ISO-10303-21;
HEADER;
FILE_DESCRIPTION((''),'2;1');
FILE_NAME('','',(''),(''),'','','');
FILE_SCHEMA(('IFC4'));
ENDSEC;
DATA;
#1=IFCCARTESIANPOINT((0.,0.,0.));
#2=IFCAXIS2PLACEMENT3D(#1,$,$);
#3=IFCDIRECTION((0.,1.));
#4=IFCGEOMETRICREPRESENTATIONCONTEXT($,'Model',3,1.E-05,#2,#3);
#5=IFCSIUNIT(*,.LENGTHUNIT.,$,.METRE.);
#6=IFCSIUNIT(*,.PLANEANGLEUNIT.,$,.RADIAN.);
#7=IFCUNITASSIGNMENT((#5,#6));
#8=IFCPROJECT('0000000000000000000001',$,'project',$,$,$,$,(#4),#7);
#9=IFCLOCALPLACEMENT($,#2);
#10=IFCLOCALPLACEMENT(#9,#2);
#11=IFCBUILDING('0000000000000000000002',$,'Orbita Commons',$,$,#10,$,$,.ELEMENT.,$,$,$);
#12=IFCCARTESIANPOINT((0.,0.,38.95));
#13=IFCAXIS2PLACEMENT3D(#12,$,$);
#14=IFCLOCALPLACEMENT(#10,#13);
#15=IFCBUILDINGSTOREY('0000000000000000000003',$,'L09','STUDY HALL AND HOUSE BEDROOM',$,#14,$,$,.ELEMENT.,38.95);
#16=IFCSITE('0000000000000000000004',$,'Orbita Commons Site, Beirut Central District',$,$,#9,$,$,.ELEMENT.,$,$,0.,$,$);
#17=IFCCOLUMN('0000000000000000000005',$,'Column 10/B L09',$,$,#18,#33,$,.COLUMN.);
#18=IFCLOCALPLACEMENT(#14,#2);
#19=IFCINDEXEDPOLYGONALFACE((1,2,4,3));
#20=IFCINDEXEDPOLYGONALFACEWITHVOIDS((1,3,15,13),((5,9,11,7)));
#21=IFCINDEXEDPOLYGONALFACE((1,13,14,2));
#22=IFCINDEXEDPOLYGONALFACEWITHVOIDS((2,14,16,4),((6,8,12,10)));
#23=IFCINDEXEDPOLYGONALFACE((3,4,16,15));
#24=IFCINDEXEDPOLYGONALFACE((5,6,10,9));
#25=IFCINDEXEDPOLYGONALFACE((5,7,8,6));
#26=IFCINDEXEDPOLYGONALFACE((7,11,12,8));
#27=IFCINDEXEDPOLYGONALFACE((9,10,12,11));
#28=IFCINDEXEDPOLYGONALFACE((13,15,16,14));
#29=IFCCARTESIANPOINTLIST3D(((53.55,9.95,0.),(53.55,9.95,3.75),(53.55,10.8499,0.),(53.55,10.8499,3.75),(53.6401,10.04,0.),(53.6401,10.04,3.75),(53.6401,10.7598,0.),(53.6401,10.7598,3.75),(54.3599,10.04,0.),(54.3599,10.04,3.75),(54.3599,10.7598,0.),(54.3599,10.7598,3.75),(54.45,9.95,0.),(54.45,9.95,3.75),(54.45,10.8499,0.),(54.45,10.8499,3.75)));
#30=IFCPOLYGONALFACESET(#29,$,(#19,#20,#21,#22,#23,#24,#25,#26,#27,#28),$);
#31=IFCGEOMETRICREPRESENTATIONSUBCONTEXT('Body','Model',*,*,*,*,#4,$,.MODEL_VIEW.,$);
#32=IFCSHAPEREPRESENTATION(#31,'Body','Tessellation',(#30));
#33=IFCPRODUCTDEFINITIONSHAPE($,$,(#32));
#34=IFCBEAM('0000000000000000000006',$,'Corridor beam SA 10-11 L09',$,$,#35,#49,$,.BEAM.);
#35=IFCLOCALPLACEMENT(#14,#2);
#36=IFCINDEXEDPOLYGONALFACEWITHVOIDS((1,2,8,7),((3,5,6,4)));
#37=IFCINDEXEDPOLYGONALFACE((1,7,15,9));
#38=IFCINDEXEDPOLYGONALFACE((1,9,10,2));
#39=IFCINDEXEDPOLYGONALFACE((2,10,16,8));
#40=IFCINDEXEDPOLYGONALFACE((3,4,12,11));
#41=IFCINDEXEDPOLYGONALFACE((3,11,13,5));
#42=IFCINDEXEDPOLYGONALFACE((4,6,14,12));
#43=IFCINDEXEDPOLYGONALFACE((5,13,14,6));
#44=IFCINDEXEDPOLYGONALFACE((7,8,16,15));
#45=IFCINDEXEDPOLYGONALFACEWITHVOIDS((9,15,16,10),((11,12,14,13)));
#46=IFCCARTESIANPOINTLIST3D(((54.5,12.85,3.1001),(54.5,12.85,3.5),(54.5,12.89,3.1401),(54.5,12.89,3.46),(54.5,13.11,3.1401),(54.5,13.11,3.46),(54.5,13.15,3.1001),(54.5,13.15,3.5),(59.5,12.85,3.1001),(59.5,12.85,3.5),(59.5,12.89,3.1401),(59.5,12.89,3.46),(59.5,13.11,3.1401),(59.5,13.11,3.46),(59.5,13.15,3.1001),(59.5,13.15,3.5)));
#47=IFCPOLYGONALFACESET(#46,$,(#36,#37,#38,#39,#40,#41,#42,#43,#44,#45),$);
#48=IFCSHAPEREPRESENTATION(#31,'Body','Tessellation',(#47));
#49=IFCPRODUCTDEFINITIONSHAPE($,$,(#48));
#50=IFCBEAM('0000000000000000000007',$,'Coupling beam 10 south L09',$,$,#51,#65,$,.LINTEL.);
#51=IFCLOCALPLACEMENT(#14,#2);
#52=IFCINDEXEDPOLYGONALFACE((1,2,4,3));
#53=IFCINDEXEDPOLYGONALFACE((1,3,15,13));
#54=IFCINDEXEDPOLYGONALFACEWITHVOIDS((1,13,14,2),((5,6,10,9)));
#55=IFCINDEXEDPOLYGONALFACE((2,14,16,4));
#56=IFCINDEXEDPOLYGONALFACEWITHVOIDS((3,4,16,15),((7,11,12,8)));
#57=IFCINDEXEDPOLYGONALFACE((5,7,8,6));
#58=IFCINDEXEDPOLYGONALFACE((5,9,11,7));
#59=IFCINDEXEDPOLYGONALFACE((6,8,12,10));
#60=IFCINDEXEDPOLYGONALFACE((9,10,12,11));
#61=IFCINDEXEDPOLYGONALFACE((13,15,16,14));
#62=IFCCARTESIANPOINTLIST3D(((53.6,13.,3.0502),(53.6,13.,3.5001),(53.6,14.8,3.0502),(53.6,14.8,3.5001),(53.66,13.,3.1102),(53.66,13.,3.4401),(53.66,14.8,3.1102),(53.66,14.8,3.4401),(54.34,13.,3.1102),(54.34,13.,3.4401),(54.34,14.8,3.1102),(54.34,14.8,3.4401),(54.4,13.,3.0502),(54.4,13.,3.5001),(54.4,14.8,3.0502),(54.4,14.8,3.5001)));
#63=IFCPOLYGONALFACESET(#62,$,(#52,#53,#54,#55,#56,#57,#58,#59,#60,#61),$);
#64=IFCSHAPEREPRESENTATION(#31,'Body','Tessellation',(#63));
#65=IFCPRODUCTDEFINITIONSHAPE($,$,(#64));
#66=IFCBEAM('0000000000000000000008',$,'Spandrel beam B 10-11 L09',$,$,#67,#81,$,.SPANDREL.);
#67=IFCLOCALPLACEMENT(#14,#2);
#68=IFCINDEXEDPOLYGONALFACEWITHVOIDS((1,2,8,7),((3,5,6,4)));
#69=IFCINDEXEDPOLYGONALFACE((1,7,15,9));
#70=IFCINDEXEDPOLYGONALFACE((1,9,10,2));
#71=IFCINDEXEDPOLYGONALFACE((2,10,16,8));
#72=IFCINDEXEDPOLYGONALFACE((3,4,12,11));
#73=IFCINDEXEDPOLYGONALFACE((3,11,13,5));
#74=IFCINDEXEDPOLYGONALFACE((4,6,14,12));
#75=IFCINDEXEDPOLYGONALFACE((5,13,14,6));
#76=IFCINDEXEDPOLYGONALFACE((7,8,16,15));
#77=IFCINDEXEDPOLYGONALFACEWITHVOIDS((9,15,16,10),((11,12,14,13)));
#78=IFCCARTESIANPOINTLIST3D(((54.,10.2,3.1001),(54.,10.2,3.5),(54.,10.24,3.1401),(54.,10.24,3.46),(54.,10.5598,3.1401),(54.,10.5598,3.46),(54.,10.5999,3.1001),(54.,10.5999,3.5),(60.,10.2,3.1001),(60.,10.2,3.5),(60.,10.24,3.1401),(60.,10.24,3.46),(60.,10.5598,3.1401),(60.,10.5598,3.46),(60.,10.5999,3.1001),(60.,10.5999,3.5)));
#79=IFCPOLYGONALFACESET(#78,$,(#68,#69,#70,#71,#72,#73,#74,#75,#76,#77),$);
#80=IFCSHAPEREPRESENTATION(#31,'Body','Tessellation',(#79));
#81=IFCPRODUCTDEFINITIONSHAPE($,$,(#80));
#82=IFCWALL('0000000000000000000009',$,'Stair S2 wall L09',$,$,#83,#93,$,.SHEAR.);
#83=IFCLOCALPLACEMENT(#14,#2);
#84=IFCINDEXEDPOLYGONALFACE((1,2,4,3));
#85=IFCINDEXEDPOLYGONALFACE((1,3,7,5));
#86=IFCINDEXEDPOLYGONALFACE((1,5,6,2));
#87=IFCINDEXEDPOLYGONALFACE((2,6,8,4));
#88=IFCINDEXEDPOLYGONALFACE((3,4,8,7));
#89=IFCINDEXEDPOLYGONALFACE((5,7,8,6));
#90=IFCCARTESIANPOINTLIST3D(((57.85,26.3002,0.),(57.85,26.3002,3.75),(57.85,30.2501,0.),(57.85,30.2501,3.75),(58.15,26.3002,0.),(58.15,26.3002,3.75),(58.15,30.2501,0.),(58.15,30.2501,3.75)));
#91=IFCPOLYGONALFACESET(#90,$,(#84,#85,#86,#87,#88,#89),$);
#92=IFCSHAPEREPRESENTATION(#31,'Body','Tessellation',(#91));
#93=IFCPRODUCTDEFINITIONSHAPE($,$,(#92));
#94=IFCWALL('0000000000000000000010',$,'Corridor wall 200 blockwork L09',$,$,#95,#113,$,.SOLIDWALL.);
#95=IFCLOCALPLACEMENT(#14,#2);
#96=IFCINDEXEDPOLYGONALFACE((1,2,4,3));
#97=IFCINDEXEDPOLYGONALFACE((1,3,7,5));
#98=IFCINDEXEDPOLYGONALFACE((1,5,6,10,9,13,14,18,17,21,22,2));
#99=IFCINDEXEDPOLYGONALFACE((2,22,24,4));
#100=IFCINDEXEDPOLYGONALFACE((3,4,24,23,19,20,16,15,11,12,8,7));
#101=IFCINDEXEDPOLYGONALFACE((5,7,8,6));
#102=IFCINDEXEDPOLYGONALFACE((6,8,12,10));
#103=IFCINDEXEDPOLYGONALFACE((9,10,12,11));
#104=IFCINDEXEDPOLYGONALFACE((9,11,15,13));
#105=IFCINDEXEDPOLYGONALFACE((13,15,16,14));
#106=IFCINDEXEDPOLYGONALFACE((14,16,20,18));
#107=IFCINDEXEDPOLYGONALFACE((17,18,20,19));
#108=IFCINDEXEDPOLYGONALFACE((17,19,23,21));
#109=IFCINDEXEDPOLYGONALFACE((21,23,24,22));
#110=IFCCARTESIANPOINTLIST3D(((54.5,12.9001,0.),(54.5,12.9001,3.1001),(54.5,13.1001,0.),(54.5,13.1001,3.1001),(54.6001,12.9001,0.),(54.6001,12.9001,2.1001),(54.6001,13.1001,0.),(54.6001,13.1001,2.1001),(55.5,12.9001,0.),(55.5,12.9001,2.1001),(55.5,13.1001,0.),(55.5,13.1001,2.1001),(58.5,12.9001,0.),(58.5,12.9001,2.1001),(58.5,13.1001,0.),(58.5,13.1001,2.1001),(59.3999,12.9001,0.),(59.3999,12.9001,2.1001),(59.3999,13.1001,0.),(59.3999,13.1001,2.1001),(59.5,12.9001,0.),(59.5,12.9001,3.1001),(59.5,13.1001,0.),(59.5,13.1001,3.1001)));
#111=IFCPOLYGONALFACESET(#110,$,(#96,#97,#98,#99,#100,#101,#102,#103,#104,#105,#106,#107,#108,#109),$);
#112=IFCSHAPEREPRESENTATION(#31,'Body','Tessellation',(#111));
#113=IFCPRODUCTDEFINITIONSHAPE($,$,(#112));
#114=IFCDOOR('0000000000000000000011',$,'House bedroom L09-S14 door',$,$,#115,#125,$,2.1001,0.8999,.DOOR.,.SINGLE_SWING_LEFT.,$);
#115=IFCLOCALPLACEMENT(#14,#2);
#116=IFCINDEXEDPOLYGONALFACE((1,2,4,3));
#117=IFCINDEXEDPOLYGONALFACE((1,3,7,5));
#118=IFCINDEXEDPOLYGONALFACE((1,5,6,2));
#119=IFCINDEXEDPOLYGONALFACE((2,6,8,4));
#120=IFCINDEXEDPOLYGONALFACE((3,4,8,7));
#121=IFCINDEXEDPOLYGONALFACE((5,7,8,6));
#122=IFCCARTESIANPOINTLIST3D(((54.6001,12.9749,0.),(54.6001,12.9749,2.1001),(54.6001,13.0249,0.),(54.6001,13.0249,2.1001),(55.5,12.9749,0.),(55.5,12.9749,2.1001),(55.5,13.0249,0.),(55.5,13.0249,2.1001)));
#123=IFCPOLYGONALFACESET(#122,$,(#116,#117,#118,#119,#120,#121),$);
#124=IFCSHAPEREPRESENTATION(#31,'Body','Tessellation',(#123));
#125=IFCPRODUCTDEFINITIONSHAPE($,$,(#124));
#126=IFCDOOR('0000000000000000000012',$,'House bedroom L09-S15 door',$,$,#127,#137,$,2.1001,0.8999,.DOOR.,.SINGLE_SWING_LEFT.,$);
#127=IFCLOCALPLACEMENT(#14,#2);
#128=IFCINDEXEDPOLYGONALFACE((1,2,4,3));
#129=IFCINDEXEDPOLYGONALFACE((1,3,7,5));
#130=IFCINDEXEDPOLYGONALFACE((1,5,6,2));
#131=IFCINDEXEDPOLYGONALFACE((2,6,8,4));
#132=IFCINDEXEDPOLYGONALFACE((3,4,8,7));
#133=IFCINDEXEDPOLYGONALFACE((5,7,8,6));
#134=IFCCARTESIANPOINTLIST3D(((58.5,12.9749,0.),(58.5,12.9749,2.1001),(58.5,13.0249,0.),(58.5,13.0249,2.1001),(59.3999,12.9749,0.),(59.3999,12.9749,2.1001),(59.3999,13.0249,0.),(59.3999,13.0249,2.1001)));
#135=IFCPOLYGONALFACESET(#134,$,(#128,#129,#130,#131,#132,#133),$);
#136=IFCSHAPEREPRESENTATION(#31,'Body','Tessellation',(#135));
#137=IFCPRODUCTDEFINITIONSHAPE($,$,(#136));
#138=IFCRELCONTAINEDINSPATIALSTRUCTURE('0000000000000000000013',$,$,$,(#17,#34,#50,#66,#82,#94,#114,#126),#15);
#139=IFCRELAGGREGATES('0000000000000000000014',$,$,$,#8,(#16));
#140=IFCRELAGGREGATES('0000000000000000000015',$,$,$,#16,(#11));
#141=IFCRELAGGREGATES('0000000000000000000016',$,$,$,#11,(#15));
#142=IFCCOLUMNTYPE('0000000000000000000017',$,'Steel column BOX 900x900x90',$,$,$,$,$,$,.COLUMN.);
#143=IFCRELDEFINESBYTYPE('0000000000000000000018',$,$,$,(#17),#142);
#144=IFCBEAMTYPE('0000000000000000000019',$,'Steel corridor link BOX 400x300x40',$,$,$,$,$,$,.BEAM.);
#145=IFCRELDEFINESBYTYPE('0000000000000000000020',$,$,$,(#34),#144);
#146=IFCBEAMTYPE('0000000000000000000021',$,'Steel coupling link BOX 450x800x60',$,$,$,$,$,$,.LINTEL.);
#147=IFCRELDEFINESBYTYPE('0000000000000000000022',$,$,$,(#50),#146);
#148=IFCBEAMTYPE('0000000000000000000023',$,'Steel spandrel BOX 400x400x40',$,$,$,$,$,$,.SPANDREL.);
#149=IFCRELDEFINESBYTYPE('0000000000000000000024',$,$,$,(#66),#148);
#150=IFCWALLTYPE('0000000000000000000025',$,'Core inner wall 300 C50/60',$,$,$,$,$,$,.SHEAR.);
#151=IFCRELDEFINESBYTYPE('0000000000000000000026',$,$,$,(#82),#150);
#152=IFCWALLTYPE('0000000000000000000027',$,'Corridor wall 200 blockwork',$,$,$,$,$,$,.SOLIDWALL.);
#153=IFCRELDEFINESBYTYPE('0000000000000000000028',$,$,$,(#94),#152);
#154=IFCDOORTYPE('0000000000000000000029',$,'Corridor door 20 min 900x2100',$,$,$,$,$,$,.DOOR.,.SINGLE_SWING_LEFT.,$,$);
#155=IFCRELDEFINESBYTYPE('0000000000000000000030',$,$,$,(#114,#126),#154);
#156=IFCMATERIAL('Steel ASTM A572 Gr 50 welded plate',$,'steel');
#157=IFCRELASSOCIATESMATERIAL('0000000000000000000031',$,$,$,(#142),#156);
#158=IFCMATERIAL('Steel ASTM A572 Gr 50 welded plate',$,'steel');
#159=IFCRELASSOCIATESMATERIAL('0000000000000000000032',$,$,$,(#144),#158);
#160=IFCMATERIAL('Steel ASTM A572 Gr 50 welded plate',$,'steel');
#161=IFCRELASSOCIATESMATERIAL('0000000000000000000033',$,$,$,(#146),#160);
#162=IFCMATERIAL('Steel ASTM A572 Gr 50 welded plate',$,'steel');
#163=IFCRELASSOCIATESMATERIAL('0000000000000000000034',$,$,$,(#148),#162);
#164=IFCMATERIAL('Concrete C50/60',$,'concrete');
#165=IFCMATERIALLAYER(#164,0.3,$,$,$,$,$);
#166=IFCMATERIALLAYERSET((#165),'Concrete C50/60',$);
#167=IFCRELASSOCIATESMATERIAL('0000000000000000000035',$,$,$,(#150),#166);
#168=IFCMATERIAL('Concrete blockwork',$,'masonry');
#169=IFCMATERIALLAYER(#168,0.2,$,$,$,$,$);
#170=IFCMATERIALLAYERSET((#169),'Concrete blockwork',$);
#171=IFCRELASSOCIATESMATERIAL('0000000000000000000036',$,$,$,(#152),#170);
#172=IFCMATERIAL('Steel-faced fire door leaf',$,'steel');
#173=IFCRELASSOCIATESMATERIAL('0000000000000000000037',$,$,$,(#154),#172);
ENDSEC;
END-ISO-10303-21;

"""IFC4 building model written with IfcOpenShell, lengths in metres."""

from ifc_helpers import new_model, si_unit, direction, frame, frame_2d, origin, origin_2d, place, context, subcontext, project, spatial, polyline, rectangle, hollow_rectangle, outline, extrude, material, layer, layer_set, material_profile, profile_set, type_object, element, fill, save


model = new_model("IFC4")

# Units and contexts
model_context = context("Model", 3, precision=1e-05, world=origin(), true_north=direction((0.0, 1.0)))
body_context = subcontext(model_context, "Body", "Model", "MODEL_VIEW")
ifc_project = project(units=[si_unit("LENGTHUNIT", "METRE"), si_unit("PLANEANGLEUNIT", "RADIAN")], contexts=[model_context])

# Site, building, storey
site_placement = place(None, origin())
site = spatial("IfcSite", under=ifc_project, at=site_placement, Name="Orbita Commons Site, Beirut Central District", CompositionType="ELEMENT", RefElevation=0.0)
building_placement = place(site_placement, origin())
building = spatial("IfcBuilding", under=site, at=building_placement, Name="Orbita Commons", CompositionType="ELEMENT")
storey_placement = place(building_placement, frame((0.0, 0.0, 38.95)))
storey = spatial("IfcBuildingStorey", under=building, at=storey_placement, Name="L09", Description="STUDY HALL AND HOUSE BEDROOM", CompositionType="ELEMENT", Elevation=38.95)

# Column
ifc_material_1 = material(Name="Steel ASTM A572 Gr 50 welded plate", Category="steel")
ifc_material_profile_1 = material_profile(ifc_material_1, hollow_rectangle(XDim=0.8999, YDim=0.8999, WallThickness=0.0901, at=origin_2d()), Name="BOX 900x900x90")
ifc_profile_set_1 = profile_set([ifc_material_profile_1], Name="Steel ASTM A572 Gr 50 welded plate")
column_type = type_object("IfcColumnType", Name="Steel column BOX 900x900x90", PredefinedType="COLUMN", material=ifc_profile_set_1)
column_placement = place(storey_placement, frame((54.0, 10.3999, 0.0), z_axis=(0.0, 0.0, 1.0), x_axis=(1.0, 0.0, 0.0)))
element("IfcColumn", 1, at=column_placement, inside=storey, type_object=column_type, Name="Column 10/B L09", PredefinedType="COLUMN", context=body_context, shape_type="SweptSolid", body=[
    extrude(hollow_rectangle(XDim=0.8999, YDim=0.8999, WallThickness=0.0901, at=origin_2d()), origin(), (0.0, 0.0, 1.0), 3.75),
])

# Beams
ifc_material_2 = material(Name="Steel ASTM A572 Gr 50 welded plate", Category="steel")
ifc_material_profile_2 = material_profile(ifc_material_2, hollow_rectangle(XDim=0.3, YDim=0.3999, WallThickness=0.04, at=origin_2d()), Name="BOX 400x300x40")
ifc_profile_set_2 = profile_set([ifc_material_profile_2], Name="Steel ASTM A572 Gr 50 welded plate")
beam_type_1 = type_object("IfcBeamType", Name="Steel corridor link BOX 400x300x40", PredefinedType="BEAM", material=ifc_profile_set_2)
beam_1_placement = place(storey_placement, frame((54.5, 13.0, 3.3), z_axis=(1.0, 0.0, 0.0), x_axis=(0.0, 1.0, 0.0)))
element("IfcBeam", 2, at=beam_1_placement, inside=storey, type_object=beam_type_1, Name="Corridor beam SA 10-11 L09", PredefinedType="BEAM", context=body_context, shape_type="SweptSolid", body=[
    extrude(hollow_rectangle(XDim=0.3, YDim=0.3999, WallThickness=0.04, at=origin_2d()), origin(), (0.0, 0.0, 1.0), 5.0),
])
ifc_material_3 = material(Name="Steel ASTM A572 Gr 50 welded plate", Category="steel")
ifc_material_profile_3 = material_profile(ifc_material_3, hollow_rectangle(XDim=0.8, YDim=0.45, WallThickness=0.0601, at=origin_2d()), Name="BOX 450x800x60")
ifc_profile_set_3 = profile_set([ifc_material_profile_3], Name="Steel ASTM A572 Gr 50 welded plate")
beam_type_2 = type_object("IfcBeamType", Name="Steel coupling link BOX 450x800x60", PredefinedType="LINTEL", material=ifc_profile_set_3)
beam_2_placement = place(storey_placement, frame((54.0, 13.0, 3.2751), z_axis=(0.0, 1.0, 0.0), x_axis=(-1.0, 0.0, 0.0)))
element("IfcBeam", 3, at=beam_2_placement, inside=storey, type_object=beam_type_2, Name="Coupling beam 10 south L09", PredefinedType="LINTEL", context=body_context, shape_type="SweptSolid", body=[
    extrude(hollow_rectangle(XDim=0.8, YDim=0.45, WallThickness=0.0601, at=origin_2d()), origin(), (0.0, 0.0, 1.0), 1.8),
])
ifc_material_4 = material(Name="Steel ASTM A572 Gr 50 welded plate", Category="steel")
ifc_material_profile_4 = material_profile(ifc_material_4, hollow_rectangle(XDim=0.3999, YDim=0.3999, WallThickness=0.04, at=origin_2d()), Name="BOX 400x400x40")
ifc_profile_set_4 = profile_set([ifc_material_profile_4], Name="Steel ASTM A572 Gr 50 welded plate")
beam_type_3 = type_object("IfcBeamType", Name="Steel spandrel BOX 400x400x40", PredefinedType="SPANDREL", material=ifc_profile_set_4)
beam_3_placement = place(storey_placement, frame((54.0, 10.3999, 3.3), z_axis=(1.0, 0.0, 0.0), x_axis=(0.0, 1.0, 0.0)))
element("IfcBeam", 4, at=beam_3_placement, inside=storey, type_object=beam_type_3, Name="Spandrel beam B 10-11 L09", PredefinedType="SPANDREL", context=body_context, shape_type="SweptSolid", body=[
    extrude(hollow_rectangle(XDim=0.3999, YDim=0.3999, WallThickness=0.04, at=origin_2d()), origin(), (0.0, 0.0, 1.0), 6.0),
])

# Wall
ifc_material_5 = material(Name="Concrete C50/60", Category="concrete")
ifc_layer_1 = layer(ifc_material_5, 0.3)
ifc_layer_set_1 = layer_set([ifc_layer_1], Name="Concrete C50/60")
wall_type_1 = type_object("IfcWallType", Name="Core inner wall 300 C50/60", PredefinedType="SHEAR", material=ifc_layer_set_1)
wall_1_placement = place(storey_placement, frame((58.0, 26.3, 0.0), z_axis=(0.0, 0.0, 1.0), x_axis=(0.0, 1.0, 0.0)))
element("IfcWall", 5, at=wall_1_placement, inside=storey, type_object=wall_type_1, Name="Stair S2 wall L09", PredefinedType="SHEAR", context=body_context, shape_type="SweptSolid", body=[
    extrude(rectangle(XDim=3.95, YDim=0.3, at=frame_2d((1.9751, 0.0))), origin(), (0.0, 0.0, 1.0), 3.75),
])

# Wall, openings, doors
ifc_material_6 = material(Name="Concrete blockwork", Category="masonry")
ifc_layer_2 = layer(ifc_material_6, 0.2)
ifc_layer_set_2 = layer_set([ifc_layer_2], Name="Concrete blockwork")
wall_type_2 = type_object("IfcWallType", Name="Corridor wall 200 blockwork", PredefinedType="SOLIDWALL", material=ifc_layer_set_2)
wall_2_placement = place(storey_placement, frame((54.5, 13.0, 0.0), z_axis=(0.0, 0.0, 1.0), x_axis=(1.0, 0.0, 0.0)))
wall_2 = element("IfcWall", 6, at=wall_2_placement, inside=storey, type_object=wall_type_2, Name="Corridor wall 200 blockwork L09", PredefinedType="SOLIDWALL", context=body_context, shape_type="SweptSolid", body=[
    extrude(outline(polyline([(0.0, 0.0), (5.0, 0.0), (5.0, 3.1001), (0.0, 3.1001), (0.0, 0.0)])), frame((0.0, 0.1001, 0.0), z_axis=(0.0, -1.0, 0.0), x_axis=(1.0, 0.0, 0.0)), (0.0, 0.0, 1.0), 0.2),
])
opening_1_placement = place(wall_2_placement, frame((0.1001, 0.0, 0.0)))
opening_1 = element("IfcOpeningElement", 7, at=opening_1_placement, cuts=wall_2, PredefinedType="OPENING", context=body_context, shape_type="SweptSolid", body=[
    extrude(rectangle(XDim=0.8999, YDim=2.1001, at=frame_2d((0.45, 1.05))), frame((0.0, 0.1099, 0.0), z_axis=(0.0, -1.0, 0.0), x_axis=(1.0, 0.0, 0.0)), (0.0, 0.0, 1.0), 0.22),
])
opening_2_placement = place(wall_2_placement, frame((4.0, 0.0, 0.0)))
opening_2 = element("IfcOpeningElement", 8, at=opening_2_placement, cuts=wall_2, PredefinedType="OPENING", context=body_context, shape_type="SweptSolid", body=[
    extrude(rectangle(XDim=0.8999, YDim=2.1001, at=frame_2d((0.45, 1.05))), frame((0.0, 0.1099, 0.0), z_axis=(0.0, -1.0, 0.0), x_axis=(1.0, 0.0, 0.0)), (0.0, 0.0, 1.0), 0.22),
])
ifc_material_7 = material(Name="Steel-faced fire door leaf", Category="steel")
door_type_1 = type_object("IfcDoorType", Name="Corridor door 20 min 900x2100", OperationType="SINGLE_SWING_LEFT", PredefinedType="DOOR", material=ifc_material_7)
door_1_placement = place(opening_1_placement, origin())
door_1 = element("IfcDoor", 9, at=door_1_placement, inside=storey, type_object=door_type_1, Name="House bedroom L09-S14 door", OperationType="SINGLE_SWING_LEFT", OverallHeight=2.1001, OverallWidth=0.8999, PredefinedType="DOOR", context=body_context, shape_type="SweptSolid", body=[
    extrude(rectangle(XDim=0.8999, YDim=2.1001, at=frame_2d((0.45, 1.05))), frame((0.0, 0.0249, 0.0), z_axis=(0.0, -1.0, 0.0), x_axis=(1.0, 0.0, 0.0)), (0.0, 0.0, 1.0), 0.05),
])
fill(opening_1, door_1)
door_2_placement = place(opening_2_placement, origin())
door_2 = element("IfcDoor", 10, at=door_2_placement, inside=storey, type_object=door_type_1, Name="House bedroom L09-S15 door", OperationType="SINGLE_SWING_LEFT", OverallHeight=2.1001, OverallWidth=0.8999, PredefinedType="DOOR", context=body_context, shape_type="SweptSolid", body=[
    extrude(rectangle(XDim=0.8999, YDim=2.1001, at=frame_2d((0.45, 1.05))), frame((0.0, 0.0249, 0.0), z_axis=(0.0, -1.0, 0.0), x_axis=(1.0, 0.0, 0.0)), (0.0, 0.0, 1.0), 0.05),
])
fill(opening_2, door_2)

save(model, "model.ifc")
